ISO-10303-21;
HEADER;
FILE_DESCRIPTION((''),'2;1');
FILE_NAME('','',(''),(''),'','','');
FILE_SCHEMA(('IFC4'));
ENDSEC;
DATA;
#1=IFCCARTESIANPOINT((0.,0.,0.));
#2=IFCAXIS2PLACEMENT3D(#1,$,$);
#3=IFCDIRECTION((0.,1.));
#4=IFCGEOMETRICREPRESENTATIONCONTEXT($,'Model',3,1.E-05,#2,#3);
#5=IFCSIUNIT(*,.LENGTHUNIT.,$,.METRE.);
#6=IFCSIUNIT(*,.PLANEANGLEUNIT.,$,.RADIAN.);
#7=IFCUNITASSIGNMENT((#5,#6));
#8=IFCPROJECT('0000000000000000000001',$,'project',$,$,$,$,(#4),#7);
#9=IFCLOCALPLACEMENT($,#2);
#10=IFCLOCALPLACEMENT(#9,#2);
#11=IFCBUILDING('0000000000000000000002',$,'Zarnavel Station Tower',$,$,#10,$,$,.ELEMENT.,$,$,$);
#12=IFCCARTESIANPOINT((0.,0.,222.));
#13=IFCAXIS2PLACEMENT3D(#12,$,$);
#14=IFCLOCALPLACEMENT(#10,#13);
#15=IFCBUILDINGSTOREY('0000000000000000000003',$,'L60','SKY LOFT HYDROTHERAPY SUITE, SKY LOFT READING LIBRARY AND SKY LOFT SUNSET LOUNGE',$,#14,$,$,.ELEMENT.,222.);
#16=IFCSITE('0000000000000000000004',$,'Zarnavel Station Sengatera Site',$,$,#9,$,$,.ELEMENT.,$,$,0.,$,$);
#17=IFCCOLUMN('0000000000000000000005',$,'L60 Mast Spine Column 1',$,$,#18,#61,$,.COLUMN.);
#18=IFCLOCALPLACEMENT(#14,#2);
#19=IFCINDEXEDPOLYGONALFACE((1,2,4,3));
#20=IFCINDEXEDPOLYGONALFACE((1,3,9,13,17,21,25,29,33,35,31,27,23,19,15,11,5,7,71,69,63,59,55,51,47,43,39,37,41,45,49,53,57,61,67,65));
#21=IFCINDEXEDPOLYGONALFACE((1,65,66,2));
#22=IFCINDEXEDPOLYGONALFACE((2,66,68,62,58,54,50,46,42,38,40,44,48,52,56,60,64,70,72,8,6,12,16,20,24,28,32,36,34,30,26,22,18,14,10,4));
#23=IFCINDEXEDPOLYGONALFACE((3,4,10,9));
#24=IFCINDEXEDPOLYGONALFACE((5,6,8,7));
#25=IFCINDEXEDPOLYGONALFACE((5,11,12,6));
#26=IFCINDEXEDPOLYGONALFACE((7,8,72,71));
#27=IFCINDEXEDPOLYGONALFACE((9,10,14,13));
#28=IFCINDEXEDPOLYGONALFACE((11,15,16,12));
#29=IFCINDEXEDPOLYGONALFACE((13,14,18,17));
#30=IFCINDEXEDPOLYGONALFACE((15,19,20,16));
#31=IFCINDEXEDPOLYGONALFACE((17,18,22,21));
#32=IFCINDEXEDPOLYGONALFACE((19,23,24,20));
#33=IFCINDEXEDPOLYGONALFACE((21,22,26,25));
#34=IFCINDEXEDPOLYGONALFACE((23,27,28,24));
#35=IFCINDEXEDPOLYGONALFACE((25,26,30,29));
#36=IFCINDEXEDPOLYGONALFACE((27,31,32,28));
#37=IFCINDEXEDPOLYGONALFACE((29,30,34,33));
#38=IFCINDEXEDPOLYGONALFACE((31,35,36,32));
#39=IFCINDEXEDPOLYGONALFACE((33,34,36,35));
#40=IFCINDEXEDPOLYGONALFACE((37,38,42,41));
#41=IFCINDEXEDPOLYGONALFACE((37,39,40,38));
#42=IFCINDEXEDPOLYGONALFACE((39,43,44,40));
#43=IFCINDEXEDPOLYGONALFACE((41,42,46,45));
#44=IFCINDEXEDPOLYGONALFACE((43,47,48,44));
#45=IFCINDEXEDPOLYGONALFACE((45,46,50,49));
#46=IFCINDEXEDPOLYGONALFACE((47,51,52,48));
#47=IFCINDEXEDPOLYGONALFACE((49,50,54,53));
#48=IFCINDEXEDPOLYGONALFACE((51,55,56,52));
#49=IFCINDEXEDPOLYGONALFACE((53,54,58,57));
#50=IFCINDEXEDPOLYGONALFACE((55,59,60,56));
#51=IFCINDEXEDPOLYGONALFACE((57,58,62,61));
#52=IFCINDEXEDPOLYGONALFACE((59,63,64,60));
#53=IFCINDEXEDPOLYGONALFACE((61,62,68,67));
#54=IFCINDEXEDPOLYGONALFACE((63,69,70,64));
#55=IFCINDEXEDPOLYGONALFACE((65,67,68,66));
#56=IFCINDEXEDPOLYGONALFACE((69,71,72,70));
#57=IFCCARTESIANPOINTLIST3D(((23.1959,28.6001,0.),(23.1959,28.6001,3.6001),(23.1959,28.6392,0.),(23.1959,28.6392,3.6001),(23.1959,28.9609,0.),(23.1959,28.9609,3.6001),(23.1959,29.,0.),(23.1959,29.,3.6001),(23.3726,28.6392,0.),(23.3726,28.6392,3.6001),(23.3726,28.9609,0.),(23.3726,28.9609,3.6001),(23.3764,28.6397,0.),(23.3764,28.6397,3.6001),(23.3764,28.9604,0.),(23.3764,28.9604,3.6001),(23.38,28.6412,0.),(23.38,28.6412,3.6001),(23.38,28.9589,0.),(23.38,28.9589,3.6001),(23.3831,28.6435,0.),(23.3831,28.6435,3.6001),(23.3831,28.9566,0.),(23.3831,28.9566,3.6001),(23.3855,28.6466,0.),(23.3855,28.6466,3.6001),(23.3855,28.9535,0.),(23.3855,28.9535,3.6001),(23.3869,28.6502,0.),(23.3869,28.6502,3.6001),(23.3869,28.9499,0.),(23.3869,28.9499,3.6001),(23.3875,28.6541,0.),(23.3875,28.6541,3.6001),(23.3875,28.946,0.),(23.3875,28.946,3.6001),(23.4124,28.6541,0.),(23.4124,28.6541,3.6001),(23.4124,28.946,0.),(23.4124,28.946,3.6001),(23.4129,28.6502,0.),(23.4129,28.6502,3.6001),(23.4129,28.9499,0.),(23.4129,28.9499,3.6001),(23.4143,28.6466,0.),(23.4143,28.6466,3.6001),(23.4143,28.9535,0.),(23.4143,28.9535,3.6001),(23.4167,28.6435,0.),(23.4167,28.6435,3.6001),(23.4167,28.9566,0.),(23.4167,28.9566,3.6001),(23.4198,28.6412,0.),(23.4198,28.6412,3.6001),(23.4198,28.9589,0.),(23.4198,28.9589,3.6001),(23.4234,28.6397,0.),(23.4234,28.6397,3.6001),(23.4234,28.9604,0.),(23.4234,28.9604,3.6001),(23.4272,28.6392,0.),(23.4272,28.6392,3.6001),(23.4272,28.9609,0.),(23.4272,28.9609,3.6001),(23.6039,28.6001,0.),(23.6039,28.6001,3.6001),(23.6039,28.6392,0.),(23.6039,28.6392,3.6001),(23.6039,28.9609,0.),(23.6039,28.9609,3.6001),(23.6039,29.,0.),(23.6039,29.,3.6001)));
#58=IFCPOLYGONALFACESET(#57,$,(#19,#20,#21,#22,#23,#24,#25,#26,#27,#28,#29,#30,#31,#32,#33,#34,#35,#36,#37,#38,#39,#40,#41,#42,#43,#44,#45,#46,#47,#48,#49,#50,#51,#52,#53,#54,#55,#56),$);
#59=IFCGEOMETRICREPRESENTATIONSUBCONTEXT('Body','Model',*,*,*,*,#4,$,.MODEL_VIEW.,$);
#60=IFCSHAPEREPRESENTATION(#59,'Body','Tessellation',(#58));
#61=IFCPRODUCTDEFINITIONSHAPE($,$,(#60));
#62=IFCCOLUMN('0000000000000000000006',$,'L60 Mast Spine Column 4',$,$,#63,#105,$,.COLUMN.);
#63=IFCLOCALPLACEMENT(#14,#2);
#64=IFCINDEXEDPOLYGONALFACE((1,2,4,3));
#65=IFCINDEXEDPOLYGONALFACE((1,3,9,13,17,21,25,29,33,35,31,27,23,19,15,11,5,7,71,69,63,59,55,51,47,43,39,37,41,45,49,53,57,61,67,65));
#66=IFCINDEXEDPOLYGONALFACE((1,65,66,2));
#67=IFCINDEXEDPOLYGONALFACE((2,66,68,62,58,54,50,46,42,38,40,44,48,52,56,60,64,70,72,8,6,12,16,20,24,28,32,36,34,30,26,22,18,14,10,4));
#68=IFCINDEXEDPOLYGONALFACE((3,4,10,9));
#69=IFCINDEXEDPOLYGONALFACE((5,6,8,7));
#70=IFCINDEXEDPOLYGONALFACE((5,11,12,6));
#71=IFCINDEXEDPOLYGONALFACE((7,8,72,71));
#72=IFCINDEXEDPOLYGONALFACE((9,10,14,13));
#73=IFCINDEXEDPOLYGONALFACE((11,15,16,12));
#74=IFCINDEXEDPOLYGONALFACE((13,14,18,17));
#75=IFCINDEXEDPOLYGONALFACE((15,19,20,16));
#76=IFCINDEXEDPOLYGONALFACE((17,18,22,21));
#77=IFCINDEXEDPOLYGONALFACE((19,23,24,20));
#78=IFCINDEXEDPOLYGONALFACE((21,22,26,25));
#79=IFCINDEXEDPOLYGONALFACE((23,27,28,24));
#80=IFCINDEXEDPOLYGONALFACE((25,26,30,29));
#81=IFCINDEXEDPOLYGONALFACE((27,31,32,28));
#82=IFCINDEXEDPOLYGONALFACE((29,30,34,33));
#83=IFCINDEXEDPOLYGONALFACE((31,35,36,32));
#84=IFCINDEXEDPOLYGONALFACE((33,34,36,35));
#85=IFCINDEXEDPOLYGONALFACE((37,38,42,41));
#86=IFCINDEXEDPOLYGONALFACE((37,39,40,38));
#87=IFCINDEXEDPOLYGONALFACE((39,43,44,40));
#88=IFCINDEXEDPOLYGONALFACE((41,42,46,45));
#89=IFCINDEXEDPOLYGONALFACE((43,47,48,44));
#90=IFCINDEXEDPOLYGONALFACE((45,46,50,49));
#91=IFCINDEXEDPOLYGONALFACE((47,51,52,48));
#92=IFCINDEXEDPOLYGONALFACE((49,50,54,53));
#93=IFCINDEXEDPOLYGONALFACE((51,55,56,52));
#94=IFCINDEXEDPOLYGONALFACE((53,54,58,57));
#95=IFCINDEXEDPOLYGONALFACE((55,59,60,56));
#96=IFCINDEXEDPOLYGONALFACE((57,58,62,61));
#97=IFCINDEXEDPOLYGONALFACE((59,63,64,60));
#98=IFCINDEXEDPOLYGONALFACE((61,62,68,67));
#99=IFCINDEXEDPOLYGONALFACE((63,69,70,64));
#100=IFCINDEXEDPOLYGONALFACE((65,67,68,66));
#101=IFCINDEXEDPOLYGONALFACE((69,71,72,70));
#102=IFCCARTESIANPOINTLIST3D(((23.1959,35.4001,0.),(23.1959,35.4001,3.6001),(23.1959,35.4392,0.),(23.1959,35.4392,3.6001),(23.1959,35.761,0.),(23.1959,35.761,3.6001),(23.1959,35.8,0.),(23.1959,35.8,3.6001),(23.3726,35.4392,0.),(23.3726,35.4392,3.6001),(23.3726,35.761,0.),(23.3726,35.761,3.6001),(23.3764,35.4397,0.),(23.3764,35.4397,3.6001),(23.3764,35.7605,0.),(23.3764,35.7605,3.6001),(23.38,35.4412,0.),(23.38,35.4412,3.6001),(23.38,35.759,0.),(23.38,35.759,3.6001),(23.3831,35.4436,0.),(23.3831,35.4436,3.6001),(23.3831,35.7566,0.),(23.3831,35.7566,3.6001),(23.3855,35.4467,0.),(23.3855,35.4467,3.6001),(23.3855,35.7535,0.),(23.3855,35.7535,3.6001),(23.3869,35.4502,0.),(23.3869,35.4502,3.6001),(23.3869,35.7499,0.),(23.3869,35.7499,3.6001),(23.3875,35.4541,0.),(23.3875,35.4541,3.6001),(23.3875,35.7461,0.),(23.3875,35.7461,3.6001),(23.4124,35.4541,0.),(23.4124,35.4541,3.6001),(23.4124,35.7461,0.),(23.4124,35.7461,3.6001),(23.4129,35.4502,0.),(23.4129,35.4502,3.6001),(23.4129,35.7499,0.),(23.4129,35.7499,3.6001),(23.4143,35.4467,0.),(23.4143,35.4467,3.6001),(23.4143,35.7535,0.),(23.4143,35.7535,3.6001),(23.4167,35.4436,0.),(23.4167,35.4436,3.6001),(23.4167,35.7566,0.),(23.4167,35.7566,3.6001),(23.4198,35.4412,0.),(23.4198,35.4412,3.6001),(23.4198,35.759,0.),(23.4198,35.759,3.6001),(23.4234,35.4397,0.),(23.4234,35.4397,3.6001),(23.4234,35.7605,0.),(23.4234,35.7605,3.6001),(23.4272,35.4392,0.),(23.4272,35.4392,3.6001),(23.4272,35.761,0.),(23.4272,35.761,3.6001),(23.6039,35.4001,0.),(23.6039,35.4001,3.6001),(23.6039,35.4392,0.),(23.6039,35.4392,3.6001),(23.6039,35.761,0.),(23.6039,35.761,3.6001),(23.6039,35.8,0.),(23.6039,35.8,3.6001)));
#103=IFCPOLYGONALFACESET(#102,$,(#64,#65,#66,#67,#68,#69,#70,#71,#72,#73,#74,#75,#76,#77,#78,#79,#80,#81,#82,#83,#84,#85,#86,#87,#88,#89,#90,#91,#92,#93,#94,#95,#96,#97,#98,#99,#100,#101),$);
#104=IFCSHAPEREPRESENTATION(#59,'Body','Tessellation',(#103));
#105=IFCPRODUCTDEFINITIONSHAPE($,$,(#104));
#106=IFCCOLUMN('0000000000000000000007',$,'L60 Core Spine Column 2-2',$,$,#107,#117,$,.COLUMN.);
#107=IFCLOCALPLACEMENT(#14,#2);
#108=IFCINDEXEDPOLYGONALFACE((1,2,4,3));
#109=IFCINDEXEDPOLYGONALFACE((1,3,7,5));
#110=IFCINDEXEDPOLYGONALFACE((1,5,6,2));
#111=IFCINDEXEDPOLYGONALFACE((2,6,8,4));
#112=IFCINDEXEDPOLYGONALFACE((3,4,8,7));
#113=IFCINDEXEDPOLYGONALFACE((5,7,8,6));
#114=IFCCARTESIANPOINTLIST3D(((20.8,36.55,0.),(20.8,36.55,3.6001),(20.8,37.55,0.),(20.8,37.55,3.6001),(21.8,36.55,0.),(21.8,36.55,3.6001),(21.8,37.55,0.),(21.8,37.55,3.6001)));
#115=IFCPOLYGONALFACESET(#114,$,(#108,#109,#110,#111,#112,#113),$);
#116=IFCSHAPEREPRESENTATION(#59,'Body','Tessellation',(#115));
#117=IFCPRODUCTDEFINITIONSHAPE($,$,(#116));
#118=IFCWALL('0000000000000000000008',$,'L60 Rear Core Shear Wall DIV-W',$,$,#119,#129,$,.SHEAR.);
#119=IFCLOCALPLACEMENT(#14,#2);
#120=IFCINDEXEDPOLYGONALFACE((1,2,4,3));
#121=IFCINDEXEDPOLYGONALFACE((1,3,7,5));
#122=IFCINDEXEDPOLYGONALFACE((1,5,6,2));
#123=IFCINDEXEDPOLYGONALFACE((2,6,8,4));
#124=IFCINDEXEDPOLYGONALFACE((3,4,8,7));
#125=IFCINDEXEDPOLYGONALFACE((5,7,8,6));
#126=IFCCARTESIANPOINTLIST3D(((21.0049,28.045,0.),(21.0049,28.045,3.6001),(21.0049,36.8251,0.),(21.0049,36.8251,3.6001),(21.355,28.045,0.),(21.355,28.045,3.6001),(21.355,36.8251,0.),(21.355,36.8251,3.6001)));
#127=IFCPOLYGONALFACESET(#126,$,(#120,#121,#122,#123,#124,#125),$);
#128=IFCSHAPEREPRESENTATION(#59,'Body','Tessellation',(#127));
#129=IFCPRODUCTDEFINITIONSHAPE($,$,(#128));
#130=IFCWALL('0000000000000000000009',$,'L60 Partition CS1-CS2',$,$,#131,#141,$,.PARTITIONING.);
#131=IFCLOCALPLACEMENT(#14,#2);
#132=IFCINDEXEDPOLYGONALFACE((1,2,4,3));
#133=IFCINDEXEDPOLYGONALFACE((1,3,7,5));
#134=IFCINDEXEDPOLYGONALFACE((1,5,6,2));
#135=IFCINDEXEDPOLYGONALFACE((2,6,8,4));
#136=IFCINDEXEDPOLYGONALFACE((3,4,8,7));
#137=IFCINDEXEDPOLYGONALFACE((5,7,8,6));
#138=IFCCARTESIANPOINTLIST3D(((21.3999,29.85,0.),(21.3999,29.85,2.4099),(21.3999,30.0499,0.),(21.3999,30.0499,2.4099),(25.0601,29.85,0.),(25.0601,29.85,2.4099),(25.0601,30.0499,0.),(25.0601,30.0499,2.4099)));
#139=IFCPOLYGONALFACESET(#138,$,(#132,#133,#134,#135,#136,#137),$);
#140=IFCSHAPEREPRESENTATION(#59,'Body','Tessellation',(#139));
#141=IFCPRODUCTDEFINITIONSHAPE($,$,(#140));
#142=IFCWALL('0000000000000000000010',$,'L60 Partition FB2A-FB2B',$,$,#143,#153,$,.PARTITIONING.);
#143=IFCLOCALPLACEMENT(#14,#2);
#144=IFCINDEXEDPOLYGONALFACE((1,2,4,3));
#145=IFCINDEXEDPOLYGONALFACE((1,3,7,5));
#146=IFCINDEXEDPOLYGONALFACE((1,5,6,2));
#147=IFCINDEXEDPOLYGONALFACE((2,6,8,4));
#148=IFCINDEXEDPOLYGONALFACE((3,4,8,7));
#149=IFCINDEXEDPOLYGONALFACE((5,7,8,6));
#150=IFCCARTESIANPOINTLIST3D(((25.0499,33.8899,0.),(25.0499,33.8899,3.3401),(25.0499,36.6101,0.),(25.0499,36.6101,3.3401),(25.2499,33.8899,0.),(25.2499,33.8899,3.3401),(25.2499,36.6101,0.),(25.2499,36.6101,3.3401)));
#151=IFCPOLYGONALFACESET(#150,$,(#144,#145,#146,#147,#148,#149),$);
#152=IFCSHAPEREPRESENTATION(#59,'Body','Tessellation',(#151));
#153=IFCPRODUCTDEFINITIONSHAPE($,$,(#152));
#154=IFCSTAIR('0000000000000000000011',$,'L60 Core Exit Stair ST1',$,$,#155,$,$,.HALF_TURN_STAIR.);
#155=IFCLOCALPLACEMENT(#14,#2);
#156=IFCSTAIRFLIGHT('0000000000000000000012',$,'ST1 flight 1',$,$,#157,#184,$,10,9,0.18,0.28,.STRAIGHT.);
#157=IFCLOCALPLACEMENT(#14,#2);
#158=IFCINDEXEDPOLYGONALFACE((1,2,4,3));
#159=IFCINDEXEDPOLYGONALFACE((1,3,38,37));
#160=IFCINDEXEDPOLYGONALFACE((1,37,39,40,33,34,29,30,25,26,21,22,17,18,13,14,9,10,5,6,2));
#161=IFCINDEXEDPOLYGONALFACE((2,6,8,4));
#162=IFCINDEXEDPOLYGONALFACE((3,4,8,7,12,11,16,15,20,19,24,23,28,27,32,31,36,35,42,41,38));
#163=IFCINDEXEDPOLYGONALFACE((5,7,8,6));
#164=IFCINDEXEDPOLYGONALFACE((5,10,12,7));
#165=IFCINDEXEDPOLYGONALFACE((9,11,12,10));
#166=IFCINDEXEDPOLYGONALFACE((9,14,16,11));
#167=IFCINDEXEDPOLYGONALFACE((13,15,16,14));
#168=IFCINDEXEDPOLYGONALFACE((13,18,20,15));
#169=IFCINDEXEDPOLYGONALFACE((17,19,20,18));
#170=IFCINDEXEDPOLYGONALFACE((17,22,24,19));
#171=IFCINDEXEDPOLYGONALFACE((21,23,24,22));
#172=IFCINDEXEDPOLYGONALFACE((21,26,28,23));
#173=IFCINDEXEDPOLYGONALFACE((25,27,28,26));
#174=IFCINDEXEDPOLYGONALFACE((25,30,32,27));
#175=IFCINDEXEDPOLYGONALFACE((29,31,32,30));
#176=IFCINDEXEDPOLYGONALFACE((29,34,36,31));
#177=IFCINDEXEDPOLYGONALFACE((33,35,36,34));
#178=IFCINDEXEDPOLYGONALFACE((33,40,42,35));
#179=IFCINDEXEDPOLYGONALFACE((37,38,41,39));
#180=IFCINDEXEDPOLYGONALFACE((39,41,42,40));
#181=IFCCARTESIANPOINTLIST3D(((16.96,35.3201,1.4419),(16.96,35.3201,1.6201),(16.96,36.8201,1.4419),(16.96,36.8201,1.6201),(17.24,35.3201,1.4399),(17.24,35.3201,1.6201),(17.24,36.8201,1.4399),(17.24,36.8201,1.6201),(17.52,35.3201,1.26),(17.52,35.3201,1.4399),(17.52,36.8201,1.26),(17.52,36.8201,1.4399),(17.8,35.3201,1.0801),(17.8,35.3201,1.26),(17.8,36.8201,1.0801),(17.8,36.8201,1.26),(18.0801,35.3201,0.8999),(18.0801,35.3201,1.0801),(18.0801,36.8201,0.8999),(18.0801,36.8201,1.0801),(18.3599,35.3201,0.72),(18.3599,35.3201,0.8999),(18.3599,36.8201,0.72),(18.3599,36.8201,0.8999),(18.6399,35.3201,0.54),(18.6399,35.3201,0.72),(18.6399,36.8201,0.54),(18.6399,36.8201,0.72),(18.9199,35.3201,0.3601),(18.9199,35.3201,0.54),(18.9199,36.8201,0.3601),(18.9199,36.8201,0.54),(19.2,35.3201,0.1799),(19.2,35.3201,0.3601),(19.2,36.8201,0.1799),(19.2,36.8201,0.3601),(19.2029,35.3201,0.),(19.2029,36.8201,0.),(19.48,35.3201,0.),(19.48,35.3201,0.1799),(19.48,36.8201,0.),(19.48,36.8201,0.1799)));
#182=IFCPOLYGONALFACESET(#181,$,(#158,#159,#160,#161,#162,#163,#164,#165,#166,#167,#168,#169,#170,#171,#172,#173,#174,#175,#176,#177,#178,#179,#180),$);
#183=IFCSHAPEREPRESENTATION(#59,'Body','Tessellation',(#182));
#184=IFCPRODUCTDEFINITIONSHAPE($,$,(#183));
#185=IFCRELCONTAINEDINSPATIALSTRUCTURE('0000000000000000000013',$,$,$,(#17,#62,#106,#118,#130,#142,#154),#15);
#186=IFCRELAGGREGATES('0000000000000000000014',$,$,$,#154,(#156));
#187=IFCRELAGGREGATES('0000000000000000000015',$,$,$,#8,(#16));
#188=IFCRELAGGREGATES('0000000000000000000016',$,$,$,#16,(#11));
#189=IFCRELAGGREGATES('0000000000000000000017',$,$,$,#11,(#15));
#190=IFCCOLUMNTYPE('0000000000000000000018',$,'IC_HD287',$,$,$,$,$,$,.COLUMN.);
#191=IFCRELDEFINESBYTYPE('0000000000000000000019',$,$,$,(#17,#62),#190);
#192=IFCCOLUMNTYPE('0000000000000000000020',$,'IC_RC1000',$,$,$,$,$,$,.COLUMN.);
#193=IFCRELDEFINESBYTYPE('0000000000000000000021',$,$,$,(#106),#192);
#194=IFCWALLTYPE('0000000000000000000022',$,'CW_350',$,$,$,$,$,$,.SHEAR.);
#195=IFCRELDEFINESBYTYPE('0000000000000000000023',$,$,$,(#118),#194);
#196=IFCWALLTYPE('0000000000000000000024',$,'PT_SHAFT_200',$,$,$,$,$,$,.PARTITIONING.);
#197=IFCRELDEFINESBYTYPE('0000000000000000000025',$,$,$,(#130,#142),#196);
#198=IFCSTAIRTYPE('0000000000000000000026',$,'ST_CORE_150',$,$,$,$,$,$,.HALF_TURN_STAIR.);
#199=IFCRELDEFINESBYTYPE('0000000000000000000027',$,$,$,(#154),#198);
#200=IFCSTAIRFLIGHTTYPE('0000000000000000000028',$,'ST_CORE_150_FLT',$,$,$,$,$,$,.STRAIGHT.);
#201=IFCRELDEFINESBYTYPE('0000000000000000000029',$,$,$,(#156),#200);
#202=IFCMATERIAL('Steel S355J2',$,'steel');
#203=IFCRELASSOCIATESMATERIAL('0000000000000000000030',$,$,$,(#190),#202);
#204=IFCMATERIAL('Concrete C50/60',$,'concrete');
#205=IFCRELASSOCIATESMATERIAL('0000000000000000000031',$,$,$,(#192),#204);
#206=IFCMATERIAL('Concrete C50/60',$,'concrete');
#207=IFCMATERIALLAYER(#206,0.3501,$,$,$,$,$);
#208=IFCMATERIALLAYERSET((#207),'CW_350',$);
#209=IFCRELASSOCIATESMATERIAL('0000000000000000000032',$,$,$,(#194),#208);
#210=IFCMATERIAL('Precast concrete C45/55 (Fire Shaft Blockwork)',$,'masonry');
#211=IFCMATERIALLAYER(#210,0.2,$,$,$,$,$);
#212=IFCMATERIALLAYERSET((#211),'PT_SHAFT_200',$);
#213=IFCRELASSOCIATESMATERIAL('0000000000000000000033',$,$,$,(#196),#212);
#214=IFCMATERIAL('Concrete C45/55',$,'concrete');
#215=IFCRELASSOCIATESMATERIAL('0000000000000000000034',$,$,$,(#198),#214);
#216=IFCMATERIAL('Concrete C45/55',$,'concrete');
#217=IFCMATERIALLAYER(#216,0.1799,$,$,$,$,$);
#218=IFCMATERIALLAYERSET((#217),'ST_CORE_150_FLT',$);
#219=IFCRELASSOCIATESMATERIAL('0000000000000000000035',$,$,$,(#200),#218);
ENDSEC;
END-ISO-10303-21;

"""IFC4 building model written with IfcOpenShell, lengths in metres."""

from ifc_helpers import new_model, si_unit, direction, frame, frame_2d, origin, origin_2d, place, context, subcontext, project, spatial, polyline, rectangle, i_section, outline, extrude, material, layer, layer_set, material_profile, profile_set, type_object, element, aggregate, save


model = new_model("IFC4")

# Units and contexts
model_context = context("Model", 3, precision=1e-05, world=origin(), true_north=direction((0.0, 1.0)))
body_context = subcontext(model_context, "Body", "Model", "MODEL_VIEW")
ifc_project = project(units=[si_unit("LENGTHUNIT", "METRE"), si_unit("PLANEANGLEUNIT", "RADIAN")], contexts=[model_context])

# Site, building, storey
site_placement = place(None, origin())
site = spatial("IfcSite", under=ifc_project, at=site_placement, Name="Zarnavel Station Sengatera Site", CompositionType="ELEMENT", RefElevation=0.0)
building_placement = place(site_placement, origin())
building = spatial("IfcBuilding", under=site, at=building_placement, Name="Zarnavel Station Tower", CompositionType="ELEMENT")
storey_placement = place(building_placement, frame((0.0, 0.0, 222.0)))
storey = spatial("IfcBuildingStorey", under=building, at=storey_placement, Name="L60", Description="SKY LOFT HYDROTHERAPY SUITE, SKY LOFT READING LIBRARY AND SKY LOFT SUNSET LOUNGE", CompositionType="ELEMENT", Elevation=222.0)

# Columns
ifc_material_1 = material(Name="Steel S355J2", Category="steel")
ifc_material_profile_1 = material_profile(ifc_material_1, i_section(OverallWidth=0.408, OverallDepth=0.3999, WebThickness=0.0249, FlangeThickness=0.0391, FilletRadius=0.0149, at=origin_2d()), Name="HD400x287")
ifc_profile_set_1 = profile_set([ifc_material_profile_1], Name="Steel S355J2")
column_type_1 = type_object("IfcColumnType", Name="IC_HD287", PredefinedType="COLUMN", material=ifc_profile_set_1)
for number, where, z_axis, x_axis, name in (
    (1, (23.3999, 28.8, 0.0), (0.0, 0.0, 1.0), (1.0, 0.0, 0.0), "L60 Mast Spine Column 1"),
    (2, (23.3999, 35.6001, 0.0), (0.0, 0.0, 1.0), (1.0, 0.0, 0.0), "L60 Mast Spine Column 4"),
):
    element("IfcColumn", number, at=place(storey_placement, frame(where, z_axis=z_axis, x_axis=x_axis)), inside=storey, type_object=column_type_1, Name=name, PredefinedType="COLUMN", context=body_context, shape_type="SweptSolid", body=[
        extrude(i_section(OverallWidth=0.408, OverallDepth=0.3999, WebThickness=0.0249, FlangeThickness=0.0391, FilletRadius=0.0149, at=origin_2d()), origin(), (0.0, 0.0, 1.0), 3.6001),
    ])
ifc_material_2 = material(Name="Concrete C50/60", Category="concrete")
ifc_material_profile_2 = material_profile(ifc_material_2, rectangle(XDim=1.0, YDim=1.0, at=origin_2d()), Name="RC1000x1000")
ifc_profile_set_2 = profile_set([ifc_material_profile_2], Name="Concrete C50/60")
column_type_2 = type_object("IfcColumnType", Name="IC_RC1000", PredefinedType="COLUMN", material=ifc_profile_set_2)
column_placement = place(storey_placement, frame((21.3, 37.05, 0.0), z_axis=(0.0, 0.0, 1.0), x_axis=(1.0, 0.0, 0.0)))
element("IfcColumn", 3, at=column_placement, inside=storey, type_object=column_type_2, Name="L60 Core Spine Column 2-2", PredefinedType="COLUMN", context=body_context, shape_type="SweptSolid", body=[
    extrude(rectangle(XDim=1.0, YDim=1.0, at=origin_2d()), origin(), (0.0, 0.0, 1.0), 3.6001),
])

# Wall
ifc_material_3 = material(Name="Concrete C50/60", Category="concrete")
ifc_layer_1 = layer(ifc_material_3, 0.3501)
ifc_layer_set_1 = layer_set([ifc_layer_1], Name="CW_350")
wall_type_1 = type_object("IfcWallType", Name="CW_350", PredefinedType="SHEAR", material=ifc_layer_set_1)
wall_1_placement = place(storey_placement, frame((21.1799, 28.0449, 0.0), z_axis=(0.0, 0.0, 1.0), x_axis=(0.0, 1.0, 0.0)))
element("IfcWall", 4, at=wall_1_placement, inside=storey, type_object=wall_type_1, Name="L60 Rear Core Shear Wall DIV-W", PredefinedType="SHEAR", context=body_context, shape_type="SweptSolid", body=[
    extrude(rectangle(XDim=8.78, YDim=0.3501, at=frame_2d((4.3901, 0.0))), origin(), (0.0, 0.0, 1.0), 3.6001),
])

# Shared definitions
ifc_material_4 = material(Name="Precast concrete C45/55 (Fire Shaft Blockwork)", Category="masonry")
ifc_layer_2 = layer(ifc_material_4, 0.2)
ifc_layer_set_2 = layer_set([ifc_layer_2], Name="PT_SHAFT_200")
wall_type_2 = type_object("IfcWallType", Name="PT_SHAFT_200", PredefinedType="PARTITIONING", material=ifc_layer_set_2)

# Walls
wall_2_placement = place(storey_placement, frame((21.3999, 29.95, 0.0), z_axis=(0.0, 0.0, 1.0), x_axis=(1.0, 0.0, 0.0)))
element("IfcWall", 5, at=wall_2_placement, inside=storey, type_object=wall_type_2, Name="L60 Partition CS1-CS2", PredefinedType="PARTITIONING", context=body_context, shape_type="SweptSolid", body=[
    extrude(rectangle(XDim=3.6602, YDim=0.2, at=frame_2d((1.8301, 0.0))), origin(), (0.0, 0.0, 1.0), 2.4099),
])
wall_3_placement = place(storey_placement, frame((25.1499, 33.8899, 0.0), z_axis=(0.0, 0.0, 1.0), x_axis=(0.0, 1.0, 0.0)))
element("IfcWall", 6, at=wall_3_placement, inside=storey, type_object=wall_type_2, Name="L60 Partition FB2A-FB2B", PredefinedType="PARTITIONING", context=body_context, shape_type="SweptSolid", body=[
    extrude(rectangle(XDim=2.7202, YDim=0.2, at=frame_2d((1.3601, 0.0))), origin(), (0.0, 0.0, 1.0), 3.3401),
])

# Stair, stair flight
ifc_material_5 = material(Name="Concrete C45/55", Category="concrete")
stair_type = type_object("IfcStairType", Name="ST_CORE_150", PredefinedType="HALF_TURN_STAIR", material=ifc_material_5)
stair_placement = place(storey_placement, origin())
stair = element("IfcStair", 7, at=stair_placement, inside=storey, type_object=stair_type, Name="L60 Core Exit Stair ST1", PredefinedType="HALF_TURN_STAIR")
ifc_material_6 = material(Name="Concrete C45/55", Category="concrete")
ifc_layer_3 = layer(ifc_material_6, 0.1799)
ifc_layer_set_3 = layer_set([ifc_layer_3], Name="ST_CORE_150_FLT")
stair_flight_type = type_object("IfcStairFlightType", Name="ST_CORE_150_FLT", PredefinedType="STRAIGHT", material=ifc_layer_set_3)
stair_flight_1_placement = place(storey_placement, frame((19.48, 36.0701, 0.0), z_axis=(0.0, 0.0, 1.0), x_axis=(-1.0, 0.0, 0.0)))
stair_flight_1 = element("IfcStairFlight", 8, at=stair_flight_1_placement, type_object=stair_flight_type, Name="ST1 flight 1", NumberOfRisers=10, NumberOfTreads=9, PredefinedType="STRAIGHT", RiserHeight=0.18, TreadLength=0.28, context=body_context, shape_type="SweptSolid", body=[
    extrude(outline(polyline([(0.0, 0.0), (0.0, 0.1799), (0.28, 0.1799), (0.28, 0.3601), (0.5601, 0.3601), (0.5601, 0.54), (0.8401, 0.54), (0.8401, 0.72), (1.1201, 0.72), (1.1201, 0.8999), (1.3999, 0.8999), (1.3999, 1.0801), (1.6799, 1.0801), (1.6799, 1.26), (1.96, 1.26), (1.96, 1.4399), (2.24, 1.4399), (2.24, 1.6201), (2.52, 1.6201), (2.52, 1.8), (2.52, 1.4419), (0.2771, 0.0), (0.0, 0.0)])), frame((0.0, 0.75, 0.0), z_axis=(0.0, -1.0, 0.0), x_axis=(1.0, 0.0, 0.0)), (0.0, 0.0, 1.0), 1.5),
])
aggregate(stair, [stair_flight_1])

save(model, "model.ifc")
